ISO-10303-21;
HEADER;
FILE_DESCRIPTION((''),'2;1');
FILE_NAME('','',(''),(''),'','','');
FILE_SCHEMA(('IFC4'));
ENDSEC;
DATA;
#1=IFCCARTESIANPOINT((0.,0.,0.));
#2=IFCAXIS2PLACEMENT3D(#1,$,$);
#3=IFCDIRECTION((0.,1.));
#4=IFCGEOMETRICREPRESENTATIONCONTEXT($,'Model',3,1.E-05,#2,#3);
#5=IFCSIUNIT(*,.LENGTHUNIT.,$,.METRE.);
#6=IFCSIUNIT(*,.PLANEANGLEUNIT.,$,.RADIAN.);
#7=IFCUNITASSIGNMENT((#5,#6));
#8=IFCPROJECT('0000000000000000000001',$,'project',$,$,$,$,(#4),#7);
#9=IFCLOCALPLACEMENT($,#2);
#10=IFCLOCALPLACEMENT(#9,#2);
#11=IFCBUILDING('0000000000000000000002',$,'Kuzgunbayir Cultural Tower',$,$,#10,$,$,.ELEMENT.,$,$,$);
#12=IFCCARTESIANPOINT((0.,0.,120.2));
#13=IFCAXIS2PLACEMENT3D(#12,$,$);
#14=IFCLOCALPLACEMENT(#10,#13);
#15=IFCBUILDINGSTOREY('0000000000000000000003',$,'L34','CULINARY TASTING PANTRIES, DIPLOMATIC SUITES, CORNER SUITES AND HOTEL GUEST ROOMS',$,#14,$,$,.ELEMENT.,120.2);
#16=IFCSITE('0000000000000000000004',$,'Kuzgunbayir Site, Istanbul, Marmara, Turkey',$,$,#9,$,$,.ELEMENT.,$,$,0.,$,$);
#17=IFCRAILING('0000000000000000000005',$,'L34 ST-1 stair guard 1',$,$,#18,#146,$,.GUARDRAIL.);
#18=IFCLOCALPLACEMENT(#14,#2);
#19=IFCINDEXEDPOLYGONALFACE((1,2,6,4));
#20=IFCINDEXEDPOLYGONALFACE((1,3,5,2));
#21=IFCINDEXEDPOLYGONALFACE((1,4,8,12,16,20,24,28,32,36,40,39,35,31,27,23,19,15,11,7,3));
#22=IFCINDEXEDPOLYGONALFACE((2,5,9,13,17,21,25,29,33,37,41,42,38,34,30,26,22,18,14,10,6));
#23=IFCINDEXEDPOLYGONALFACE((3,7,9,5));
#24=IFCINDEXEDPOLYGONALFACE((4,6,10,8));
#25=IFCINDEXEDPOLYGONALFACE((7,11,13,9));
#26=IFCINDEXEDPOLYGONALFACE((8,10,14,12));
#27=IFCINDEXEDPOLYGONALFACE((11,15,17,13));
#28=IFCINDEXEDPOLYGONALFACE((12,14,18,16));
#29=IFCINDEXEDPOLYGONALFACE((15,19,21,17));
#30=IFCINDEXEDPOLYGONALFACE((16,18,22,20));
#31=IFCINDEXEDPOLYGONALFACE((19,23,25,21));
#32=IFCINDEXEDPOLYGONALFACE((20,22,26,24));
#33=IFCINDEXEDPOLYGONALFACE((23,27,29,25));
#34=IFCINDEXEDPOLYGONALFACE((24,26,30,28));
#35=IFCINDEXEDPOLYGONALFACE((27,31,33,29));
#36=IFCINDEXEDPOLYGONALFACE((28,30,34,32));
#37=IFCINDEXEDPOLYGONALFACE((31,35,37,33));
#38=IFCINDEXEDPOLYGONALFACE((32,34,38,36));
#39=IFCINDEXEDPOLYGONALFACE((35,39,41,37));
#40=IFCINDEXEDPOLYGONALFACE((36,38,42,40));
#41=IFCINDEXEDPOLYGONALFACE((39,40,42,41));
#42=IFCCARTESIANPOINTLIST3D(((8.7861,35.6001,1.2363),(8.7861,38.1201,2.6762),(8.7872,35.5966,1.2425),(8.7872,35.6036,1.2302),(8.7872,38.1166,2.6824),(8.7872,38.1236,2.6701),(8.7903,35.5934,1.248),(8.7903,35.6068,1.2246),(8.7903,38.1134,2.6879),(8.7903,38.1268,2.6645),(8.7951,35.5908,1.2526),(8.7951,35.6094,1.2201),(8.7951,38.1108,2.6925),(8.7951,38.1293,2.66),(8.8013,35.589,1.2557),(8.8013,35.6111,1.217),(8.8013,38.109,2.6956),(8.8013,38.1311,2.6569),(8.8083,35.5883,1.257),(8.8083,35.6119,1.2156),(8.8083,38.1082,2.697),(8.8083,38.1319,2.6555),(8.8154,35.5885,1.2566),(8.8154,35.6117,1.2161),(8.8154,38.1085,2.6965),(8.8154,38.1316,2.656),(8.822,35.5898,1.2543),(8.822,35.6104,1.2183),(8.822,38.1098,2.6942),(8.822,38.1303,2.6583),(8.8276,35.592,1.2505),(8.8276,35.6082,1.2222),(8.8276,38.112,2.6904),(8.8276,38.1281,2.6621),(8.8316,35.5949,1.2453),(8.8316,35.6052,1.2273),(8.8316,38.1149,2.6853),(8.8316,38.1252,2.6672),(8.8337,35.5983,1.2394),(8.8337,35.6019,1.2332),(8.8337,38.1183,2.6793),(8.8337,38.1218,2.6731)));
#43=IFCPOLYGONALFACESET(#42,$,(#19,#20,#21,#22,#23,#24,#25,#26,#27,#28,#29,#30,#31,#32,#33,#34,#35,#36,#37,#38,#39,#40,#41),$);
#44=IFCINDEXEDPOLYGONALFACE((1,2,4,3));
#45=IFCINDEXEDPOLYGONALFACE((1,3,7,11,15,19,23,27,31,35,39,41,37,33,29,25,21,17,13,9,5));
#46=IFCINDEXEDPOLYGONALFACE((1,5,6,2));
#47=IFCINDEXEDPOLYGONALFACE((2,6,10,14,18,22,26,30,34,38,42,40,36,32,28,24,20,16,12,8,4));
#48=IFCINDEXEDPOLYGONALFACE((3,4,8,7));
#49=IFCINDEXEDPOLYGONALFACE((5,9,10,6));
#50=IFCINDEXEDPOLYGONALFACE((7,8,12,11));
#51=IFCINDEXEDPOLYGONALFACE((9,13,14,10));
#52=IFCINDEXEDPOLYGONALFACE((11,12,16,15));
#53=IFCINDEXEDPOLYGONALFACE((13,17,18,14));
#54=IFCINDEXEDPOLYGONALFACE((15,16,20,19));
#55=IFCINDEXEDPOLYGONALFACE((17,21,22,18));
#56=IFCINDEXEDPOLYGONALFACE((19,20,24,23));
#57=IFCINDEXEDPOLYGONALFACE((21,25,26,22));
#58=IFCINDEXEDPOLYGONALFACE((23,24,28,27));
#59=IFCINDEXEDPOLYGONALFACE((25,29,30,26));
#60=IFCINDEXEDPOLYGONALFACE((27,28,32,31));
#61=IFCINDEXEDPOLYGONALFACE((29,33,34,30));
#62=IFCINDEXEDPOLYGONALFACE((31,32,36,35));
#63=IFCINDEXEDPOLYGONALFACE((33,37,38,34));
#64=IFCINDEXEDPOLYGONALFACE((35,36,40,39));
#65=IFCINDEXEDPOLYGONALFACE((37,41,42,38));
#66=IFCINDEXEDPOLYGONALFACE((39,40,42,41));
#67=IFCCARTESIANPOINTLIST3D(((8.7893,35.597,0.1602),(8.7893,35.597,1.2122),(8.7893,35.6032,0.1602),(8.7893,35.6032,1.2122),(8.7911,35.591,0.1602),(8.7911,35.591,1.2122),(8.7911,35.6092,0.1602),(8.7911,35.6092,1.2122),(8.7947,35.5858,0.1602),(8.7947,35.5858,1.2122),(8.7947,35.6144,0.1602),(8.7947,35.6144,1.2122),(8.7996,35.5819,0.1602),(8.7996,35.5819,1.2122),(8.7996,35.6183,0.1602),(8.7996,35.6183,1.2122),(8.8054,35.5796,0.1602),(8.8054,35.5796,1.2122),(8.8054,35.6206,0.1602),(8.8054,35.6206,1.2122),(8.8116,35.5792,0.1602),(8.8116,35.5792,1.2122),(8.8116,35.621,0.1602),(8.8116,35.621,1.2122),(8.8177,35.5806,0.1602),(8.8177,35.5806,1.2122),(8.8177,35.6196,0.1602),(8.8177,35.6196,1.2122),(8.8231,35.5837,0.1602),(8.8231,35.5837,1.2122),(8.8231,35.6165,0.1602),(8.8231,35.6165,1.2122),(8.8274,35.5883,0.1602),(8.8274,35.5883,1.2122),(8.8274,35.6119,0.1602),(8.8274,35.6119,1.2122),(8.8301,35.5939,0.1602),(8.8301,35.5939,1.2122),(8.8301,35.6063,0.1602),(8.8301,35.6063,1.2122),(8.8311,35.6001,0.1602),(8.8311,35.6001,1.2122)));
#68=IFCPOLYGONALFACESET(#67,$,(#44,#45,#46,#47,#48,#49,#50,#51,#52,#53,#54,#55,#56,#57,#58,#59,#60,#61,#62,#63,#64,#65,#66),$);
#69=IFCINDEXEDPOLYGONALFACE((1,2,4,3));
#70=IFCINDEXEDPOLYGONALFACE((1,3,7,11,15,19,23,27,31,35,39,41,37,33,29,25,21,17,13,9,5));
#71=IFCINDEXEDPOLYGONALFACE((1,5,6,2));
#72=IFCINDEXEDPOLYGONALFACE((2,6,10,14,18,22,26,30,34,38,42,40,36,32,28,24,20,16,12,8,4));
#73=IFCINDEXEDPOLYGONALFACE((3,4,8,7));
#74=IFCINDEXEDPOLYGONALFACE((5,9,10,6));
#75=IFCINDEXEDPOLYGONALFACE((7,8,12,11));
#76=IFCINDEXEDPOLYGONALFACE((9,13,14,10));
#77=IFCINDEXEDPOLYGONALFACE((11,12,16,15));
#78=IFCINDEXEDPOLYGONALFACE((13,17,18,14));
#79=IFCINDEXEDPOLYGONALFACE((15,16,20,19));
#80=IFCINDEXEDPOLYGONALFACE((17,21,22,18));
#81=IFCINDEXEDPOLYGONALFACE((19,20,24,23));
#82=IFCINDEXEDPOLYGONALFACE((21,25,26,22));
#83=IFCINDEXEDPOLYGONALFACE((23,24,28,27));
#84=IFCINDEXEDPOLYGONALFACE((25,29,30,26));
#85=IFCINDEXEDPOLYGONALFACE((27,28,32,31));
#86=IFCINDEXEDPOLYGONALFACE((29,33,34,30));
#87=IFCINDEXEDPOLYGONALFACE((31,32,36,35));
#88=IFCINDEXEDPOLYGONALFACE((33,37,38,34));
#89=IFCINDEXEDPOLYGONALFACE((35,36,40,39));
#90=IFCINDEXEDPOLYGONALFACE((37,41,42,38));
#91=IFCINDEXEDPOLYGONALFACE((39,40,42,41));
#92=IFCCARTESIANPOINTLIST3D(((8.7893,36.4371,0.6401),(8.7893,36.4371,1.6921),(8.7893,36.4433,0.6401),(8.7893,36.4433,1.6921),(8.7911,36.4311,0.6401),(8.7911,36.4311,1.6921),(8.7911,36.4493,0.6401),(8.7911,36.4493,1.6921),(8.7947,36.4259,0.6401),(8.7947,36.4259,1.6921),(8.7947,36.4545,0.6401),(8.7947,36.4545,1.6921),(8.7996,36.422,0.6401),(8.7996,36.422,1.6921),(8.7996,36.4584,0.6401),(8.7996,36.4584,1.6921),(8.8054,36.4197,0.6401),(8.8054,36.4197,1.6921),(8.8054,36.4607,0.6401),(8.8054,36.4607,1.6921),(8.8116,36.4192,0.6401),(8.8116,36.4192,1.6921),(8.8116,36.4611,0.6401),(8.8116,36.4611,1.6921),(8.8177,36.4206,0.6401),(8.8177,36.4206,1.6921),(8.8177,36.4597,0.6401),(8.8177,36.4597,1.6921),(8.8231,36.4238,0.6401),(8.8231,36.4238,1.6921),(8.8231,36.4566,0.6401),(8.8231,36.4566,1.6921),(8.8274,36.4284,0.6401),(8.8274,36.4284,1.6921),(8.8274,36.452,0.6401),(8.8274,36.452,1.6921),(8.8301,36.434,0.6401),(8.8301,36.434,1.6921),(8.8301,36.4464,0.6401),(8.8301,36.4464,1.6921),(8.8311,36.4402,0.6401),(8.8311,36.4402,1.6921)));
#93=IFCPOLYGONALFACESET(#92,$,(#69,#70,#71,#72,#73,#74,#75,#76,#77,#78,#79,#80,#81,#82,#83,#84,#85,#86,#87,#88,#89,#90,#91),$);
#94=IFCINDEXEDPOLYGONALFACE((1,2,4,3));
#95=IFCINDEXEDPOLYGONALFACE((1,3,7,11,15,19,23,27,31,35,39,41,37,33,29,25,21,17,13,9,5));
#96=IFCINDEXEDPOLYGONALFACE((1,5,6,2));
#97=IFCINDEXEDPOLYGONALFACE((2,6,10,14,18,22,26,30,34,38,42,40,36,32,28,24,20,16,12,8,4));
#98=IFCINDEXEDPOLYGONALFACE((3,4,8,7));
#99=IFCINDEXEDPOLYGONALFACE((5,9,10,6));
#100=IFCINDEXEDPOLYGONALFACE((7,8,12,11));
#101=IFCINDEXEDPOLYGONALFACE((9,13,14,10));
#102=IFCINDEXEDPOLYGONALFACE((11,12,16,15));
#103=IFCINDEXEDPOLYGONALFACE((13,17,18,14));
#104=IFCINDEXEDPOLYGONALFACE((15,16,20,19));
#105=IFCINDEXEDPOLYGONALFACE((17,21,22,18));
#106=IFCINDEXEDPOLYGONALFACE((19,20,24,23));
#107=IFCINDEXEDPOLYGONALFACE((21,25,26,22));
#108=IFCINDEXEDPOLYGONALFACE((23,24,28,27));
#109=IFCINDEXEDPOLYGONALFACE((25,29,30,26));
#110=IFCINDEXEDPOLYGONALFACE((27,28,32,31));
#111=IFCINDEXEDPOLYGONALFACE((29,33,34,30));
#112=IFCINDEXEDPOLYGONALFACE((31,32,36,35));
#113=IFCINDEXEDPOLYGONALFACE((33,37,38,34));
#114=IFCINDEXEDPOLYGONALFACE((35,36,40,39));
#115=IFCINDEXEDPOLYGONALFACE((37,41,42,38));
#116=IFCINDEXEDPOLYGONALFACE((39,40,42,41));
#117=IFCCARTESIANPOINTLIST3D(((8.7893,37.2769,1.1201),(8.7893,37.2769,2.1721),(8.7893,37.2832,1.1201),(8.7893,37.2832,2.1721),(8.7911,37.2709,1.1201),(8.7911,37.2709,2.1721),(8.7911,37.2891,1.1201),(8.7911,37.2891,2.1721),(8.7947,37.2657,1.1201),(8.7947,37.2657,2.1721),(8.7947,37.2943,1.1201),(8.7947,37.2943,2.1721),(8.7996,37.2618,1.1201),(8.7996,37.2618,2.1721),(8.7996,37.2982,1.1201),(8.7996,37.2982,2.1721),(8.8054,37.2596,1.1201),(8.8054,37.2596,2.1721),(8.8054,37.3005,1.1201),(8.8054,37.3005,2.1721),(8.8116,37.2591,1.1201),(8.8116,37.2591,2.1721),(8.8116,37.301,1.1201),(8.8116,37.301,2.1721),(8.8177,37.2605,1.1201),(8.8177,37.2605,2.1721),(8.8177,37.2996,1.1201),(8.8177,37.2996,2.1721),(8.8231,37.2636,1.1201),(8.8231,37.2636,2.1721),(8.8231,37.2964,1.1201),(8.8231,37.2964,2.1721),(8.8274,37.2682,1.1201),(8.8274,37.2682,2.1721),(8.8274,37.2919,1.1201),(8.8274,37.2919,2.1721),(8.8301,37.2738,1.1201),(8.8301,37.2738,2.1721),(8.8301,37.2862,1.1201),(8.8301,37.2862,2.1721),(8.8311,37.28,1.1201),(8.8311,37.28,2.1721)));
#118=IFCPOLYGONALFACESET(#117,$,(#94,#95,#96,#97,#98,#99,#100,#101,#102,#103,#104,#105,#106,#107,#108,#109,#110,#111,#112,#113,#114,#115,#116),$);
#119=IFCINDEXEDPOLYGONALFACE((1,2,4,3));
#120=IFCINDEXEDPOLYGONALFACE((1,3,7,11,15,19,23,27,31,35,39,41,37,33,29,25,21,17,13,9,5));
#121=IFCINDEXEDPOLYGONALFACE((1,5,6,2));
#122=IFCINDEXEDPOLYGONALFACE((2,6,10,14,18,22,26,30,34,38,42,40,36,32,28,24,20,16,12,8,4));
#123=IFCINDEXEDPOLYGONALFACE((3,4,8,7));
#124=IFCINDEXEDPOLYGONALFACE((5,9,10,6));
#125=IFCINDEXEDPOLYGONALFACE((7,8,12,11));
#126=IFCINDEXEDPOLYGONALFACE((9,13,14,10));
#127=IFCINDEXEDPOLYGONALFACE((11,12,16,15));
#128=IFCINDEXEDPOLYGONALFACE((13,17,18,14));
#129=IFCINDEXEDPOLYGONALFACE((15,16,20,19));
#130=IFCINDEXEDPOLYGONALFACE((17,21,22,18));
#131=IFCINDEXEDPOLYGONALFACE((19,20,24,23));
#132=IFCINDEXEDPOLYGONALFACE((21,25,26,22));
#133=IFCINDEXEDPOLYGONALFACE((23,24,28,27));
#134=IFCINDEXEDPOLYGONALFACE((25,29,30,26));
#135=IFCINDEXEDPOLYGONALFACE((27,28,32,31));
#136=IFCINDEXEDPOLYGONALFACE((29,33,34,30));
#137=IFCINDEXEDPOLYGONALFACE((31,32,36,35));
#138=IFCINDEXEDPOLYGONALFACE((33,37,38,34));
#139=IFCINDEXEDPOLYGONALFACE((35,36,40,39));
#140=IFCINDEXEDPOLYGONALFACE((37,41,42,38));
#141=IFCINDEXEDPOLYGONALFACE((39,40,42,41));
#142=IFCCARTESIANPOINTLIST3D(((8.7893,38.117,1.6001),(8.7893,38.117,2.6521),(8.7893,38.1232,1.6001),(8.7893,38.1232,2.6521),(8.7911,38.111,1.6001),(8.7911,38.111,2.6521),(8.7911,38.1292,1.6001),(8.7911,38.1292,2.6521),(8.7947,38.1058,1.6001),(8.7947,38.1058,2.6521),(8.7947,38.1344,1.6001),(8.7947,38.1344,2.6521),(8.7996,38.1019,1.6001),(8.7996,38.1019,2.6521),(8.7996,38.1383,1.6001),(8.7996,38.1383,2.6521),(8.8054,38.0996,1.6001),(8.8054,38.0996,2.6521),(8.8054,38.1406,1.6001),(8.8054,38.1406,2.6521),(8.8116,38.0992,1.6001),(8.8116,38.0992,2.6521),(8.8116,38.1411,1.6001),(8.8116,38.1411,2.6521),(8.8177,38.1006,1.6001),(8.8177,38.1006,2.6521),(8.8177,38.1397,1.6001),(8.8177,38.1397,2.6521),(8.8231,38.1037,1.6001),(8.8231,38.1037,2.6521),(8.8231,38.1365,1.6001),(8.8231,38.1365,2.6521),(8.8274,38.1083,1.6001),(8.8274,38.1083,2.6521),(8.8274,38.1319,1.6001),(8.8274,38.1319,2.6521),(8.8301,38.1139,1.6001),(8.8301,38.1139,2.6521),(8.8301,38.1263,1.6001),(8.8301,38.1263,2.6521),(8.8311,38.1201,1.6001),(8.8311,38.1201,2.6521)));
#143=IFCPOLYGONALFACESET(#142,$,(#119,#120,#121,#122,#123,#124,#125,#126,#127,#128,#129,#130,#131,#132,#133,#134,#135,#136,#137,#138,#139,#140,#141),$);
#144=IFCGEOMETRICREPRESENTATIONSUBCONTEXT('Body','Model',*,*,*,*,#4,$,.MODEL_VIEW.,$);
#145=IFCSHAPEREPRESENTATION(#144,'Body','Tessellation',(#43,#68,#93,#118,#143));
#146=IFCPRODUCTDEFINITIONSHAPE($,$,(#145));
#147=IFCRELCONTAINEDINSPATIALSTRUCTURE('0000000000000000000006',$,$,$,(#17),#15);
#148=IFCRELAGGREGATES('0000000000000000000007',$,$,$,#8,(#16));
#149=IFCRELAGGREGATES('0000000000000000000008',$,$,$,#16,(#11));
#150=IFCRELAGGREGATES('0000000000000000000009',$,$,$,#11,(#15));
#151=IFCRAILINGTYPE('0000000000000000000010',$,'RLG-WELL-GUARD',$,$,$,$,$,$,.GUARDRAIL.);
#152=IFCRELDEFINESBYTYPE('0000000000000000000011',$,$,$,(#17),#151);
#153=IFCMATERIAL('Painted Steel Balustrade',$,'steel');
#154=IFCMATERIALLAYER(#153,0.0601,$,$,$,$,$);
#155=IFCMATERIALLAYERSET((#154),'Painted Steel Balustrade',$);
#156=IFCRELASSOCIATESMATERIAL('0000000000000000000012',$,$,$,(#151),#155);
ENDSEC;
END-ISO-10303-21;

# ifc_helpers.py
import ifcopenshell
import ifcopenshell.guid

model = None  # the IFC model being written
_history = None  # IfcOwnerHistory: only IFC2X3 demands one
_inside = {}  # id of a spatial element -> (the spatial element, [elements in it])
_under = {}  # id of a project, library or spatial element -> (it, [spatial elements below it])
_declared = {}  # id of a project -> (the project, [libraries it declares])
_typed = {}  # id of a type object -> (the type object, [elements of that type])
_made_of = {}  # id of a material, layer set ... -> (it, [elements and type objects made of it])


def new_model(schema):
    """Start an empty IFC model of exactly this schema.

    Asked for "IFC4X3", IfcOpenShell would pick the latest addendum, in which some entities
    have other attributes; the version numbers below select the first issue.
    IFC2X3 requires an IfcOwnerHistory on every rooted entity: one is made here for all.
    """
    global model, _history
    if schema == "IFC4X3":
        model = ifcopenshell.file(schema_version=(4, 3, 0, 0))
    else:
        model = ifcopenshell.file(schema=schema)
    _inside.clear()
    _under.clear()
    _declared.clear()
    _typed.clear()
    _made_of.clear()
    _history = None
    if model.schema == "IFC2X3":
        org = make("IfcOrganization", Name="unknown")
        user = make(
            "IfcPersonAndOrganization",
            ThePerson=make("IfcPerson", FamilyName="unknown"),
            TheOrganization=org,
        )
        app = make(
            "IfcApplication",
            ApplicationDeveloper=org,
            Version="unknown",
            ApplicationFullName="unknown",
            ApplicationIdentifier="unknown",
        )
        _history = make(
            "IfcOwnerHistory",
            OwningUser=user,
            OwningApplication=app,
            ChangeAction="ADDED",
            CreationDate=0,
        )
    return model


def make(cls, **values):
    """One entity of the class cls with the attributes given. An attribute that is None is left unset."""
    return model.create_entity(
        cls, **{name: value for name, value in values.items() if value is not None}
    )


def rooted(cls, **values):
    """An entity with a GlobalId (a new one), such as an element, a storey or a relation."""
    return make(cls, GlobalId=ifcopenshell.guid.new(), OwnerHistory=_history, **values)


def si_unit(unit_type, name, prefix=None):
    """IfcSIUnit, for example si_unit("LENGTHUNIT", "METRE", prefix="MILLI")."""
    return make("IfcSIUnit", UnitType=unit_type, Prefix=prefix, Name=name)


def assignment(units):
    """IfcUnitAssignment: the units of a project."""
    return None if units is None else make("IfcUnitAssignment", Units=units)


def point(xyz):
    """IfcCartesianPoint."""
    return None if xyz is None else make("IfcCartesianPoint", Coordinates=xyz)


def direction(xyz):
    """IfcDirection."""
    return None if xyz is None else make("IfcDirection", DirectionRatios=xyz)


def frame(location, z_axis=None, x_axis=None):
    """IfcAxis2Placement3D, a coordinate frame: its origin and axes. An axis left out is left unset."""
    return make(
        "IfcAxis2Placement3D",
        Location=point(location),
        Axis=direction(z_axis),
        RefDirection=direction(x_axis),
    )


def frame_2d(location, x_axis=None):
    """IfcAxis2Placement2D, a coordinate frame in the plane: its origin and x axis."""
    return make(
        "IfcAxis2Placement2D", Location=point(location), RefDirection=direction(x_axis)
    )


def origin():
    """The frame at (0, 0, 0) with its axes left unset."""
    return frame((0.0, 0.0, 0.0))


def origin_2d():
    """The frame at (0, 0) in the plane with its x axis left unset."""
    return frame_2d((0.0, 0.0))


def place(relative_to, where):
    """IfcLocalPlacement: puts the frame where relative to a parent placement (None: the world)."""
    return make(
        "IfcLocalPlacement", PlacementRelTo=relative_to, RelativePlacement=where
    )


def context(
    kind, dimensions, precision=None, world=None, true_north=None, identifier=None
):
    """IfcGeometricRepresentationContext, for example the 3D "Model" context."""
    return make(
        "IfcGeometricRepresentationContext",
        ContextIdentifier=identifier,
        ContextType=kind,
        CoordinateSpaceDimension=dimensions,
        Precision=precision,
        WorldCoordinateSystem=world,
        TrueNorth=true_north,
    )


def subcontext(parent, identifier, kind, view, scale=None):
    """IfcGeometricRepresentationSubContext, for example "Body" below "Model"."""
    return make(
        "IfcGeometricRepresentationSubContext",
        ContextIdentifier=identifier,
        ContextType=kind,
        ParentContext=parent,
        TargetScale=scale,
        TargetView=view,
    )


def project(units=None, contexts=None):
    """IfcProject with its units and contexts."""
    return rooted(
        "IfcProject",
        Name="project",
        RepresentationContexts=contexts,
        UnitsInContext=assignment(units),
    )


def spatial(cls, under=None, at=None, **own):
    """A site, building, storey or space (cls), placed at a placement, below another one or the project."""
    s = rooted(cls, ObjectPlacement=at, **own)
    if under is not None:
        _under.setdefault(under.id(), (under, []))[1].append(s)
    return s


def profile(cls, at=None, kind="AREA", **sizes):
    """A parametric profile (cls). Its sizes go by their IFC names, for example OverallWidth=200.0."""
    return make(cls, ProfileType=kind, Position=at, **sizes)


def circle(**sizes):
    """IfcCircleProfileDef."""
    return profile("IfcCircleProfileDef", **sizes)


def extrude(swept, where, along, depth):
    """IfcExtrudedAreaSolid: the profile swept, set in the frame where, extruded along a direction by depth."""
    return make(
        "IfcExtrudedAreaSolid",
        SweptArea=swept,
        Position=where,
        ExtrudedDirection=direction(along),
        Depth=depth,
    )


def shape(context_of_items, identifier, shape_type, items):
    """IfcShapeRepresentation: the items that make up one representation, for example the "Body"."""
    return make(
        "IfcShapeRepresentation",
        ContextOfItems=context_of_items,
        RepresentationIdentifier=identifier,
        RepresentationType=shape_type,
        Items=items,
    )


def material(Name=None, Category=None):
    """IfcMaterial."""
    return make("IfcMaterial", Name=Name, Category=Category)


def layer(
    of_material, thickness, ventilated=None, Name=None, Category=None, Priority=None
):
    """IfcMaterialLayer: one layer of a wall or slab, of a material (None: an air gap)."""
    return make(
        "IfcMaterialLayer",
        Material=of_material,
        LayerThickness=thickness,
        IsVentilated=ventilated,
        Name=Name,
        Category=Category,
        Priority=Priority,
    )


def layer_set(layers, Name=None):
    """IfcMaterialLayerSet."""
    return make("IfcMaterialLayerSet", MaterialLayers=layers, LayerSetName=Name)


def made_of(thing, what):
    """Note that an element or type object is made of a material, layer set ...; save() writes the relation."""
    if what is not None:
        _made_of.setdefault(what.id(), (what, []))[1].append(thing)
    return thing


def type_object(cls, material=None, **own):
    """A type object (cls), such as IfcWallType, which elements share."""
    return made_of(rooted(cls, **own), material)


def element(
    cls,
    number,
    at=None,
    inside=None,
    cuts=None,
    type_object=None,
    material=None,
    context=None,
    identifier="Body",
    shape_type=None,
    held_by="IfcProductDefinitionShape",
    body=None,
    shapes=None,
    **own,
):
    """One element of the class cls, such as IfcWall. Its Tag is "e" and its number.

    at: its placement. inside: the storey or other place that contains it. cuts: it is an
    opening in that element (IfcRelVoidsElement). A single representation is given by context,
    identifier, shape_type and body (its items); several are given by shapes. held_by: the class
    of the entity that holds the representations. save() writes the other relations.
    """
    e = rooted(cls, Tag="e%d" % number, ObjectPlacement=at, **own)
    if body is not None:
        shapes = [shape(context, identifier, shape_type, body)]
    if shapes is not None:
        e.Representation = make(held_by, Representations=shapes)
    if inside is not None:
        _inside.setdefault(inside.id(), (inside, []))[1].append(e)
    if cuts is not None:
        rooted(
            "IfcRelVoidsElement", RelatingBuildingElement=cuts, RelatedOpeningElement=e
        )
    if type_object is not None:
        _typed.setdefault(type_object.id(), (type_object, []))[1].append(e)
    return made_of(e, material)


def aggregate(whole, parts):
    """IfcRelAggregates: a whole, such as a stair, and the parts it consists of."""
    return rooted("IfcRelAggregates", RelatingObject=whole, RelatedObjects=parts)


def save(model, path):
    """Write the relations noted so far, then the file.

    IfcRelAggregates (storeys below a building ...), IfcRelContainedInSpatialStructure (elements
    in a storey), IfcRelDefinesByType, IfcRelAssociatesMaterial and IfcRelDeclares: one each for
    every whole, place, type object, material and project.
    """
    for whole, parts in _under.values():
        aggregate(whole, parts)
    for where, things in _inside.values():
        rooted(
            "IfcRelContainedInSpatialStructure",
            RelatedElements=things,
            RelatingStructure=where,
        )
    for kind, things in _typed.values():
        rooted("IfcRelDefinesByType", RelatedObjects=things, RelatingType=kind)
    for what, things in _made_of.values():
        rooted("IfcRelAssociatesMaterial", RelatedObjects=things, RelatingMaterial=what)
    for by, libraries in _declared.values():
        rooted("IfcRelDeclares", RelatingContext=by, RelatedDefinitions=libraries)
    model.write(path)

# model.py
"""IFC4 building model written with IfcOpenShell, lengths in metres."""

from ifc_helpers import new_model, si_unit, direction, frame, origin, origin_2d, place, context, subcontext, project, spatial, circle, extrude, material, layer, layer_set, type_object, element, save


model = new_model("IFC4")

# Units and contexts
model_context = context("Model", 3, precision=1e-05, world=origin(), true_north=direction((0.0, 1.0)))
body_context = subcontext(model_context, "Body", "Model", "MODEL_VIEW")
ifc_project = project(units=[si_unit("LENGTHUNIT", "METRE"), si_unit("PLANEANGLEUNIT", "RADIAN")], contexts=[model_context])

# Site, building, storey
site_placement = place(None, origin())
site = spatial("IfcSite", under=ifc_project, at=site_placement, Name="Kuzgunbayir Site, Istanbul, Marmara, Turkey", CompositionType="ELEMENT", RefElevation=0.0)
building_placement = place(site_placement, origin())
building = spatial("IfcBuilding", under=site, at=building_placement, Name="Kuzgunbayir Cultural Tower", CompositionType="ELEMENT")
storey_placement = place(building_placement, frame((0.0, 0.0, 120.2)))
storey = spatial("IfcBuildingStorey", under=building, at=storey_placement, Name="L34", Description="CULINARY TASTING PANTRIES, DIPLOMATIC SUITES, CORNER SUITES AND HOTEL GUEST ROOMS", CompositionType="ELEMENT", Elevation=120.2)

# Railing
ifc_material_1 = material(Name="Painted Steel Balustrade", Category="steel")
ifc_layer_1 = layer(ifc_material_1, 0.0601)
ifc_layer_set_1 = layer_set([ifc_layer_1], Name="Painted Steel Balustrade")
railing_type_1 = type_object("IfcRailingType", Name="RLG-WELL-GUARD", PredefinedType="GUARDRAIL", material=ifc_layer_set_1)
railing_1_placement = place(storey_placement, frame((8.8101, 35.6001, 0.1602)))
element("IfcRailing", 1, at=railing_1_placement, inside=storey, type_object=railing_type_1, Name="L34 ST-1 stair guard 1", PredefinedType="GUARDRAIL", context=body_context, shape_type="SweptSolid", body=[
    extrude(circle(Radius=0.0239, at=origin_2d()), frame((0.0, 0.0, 1.0762), z_axis=(0.0, 0.868253, 0.496121), x_axis=(-1.0, 0.0, 0.0)), (0.0, 0.0, 1.0), 2.9023),
    extrude(circle(Radius=0.021, at=origin_2d()), origin(), (0.0, 0.0, 1.0), 1.052),
    extrude(circle(Radius=0.021, at=origin_2d()), frame((0.0, 0.8401, 0.48)), (0.0, 0.0, 1.0), 1.052),
    extrude(circle(Radius=0.021, at=origin_2d()), frame((0.0, 1.6799, 0.96)), (0.0, 0.0, 1.0), 1.052),
    extrude(circle(Radius=0.021, at=origin_2d()), frame((0.0, 2.52, 1.4399)), (0.0, 0.0, 1.0), 1.052),
])

save(model, "model.ifc")
